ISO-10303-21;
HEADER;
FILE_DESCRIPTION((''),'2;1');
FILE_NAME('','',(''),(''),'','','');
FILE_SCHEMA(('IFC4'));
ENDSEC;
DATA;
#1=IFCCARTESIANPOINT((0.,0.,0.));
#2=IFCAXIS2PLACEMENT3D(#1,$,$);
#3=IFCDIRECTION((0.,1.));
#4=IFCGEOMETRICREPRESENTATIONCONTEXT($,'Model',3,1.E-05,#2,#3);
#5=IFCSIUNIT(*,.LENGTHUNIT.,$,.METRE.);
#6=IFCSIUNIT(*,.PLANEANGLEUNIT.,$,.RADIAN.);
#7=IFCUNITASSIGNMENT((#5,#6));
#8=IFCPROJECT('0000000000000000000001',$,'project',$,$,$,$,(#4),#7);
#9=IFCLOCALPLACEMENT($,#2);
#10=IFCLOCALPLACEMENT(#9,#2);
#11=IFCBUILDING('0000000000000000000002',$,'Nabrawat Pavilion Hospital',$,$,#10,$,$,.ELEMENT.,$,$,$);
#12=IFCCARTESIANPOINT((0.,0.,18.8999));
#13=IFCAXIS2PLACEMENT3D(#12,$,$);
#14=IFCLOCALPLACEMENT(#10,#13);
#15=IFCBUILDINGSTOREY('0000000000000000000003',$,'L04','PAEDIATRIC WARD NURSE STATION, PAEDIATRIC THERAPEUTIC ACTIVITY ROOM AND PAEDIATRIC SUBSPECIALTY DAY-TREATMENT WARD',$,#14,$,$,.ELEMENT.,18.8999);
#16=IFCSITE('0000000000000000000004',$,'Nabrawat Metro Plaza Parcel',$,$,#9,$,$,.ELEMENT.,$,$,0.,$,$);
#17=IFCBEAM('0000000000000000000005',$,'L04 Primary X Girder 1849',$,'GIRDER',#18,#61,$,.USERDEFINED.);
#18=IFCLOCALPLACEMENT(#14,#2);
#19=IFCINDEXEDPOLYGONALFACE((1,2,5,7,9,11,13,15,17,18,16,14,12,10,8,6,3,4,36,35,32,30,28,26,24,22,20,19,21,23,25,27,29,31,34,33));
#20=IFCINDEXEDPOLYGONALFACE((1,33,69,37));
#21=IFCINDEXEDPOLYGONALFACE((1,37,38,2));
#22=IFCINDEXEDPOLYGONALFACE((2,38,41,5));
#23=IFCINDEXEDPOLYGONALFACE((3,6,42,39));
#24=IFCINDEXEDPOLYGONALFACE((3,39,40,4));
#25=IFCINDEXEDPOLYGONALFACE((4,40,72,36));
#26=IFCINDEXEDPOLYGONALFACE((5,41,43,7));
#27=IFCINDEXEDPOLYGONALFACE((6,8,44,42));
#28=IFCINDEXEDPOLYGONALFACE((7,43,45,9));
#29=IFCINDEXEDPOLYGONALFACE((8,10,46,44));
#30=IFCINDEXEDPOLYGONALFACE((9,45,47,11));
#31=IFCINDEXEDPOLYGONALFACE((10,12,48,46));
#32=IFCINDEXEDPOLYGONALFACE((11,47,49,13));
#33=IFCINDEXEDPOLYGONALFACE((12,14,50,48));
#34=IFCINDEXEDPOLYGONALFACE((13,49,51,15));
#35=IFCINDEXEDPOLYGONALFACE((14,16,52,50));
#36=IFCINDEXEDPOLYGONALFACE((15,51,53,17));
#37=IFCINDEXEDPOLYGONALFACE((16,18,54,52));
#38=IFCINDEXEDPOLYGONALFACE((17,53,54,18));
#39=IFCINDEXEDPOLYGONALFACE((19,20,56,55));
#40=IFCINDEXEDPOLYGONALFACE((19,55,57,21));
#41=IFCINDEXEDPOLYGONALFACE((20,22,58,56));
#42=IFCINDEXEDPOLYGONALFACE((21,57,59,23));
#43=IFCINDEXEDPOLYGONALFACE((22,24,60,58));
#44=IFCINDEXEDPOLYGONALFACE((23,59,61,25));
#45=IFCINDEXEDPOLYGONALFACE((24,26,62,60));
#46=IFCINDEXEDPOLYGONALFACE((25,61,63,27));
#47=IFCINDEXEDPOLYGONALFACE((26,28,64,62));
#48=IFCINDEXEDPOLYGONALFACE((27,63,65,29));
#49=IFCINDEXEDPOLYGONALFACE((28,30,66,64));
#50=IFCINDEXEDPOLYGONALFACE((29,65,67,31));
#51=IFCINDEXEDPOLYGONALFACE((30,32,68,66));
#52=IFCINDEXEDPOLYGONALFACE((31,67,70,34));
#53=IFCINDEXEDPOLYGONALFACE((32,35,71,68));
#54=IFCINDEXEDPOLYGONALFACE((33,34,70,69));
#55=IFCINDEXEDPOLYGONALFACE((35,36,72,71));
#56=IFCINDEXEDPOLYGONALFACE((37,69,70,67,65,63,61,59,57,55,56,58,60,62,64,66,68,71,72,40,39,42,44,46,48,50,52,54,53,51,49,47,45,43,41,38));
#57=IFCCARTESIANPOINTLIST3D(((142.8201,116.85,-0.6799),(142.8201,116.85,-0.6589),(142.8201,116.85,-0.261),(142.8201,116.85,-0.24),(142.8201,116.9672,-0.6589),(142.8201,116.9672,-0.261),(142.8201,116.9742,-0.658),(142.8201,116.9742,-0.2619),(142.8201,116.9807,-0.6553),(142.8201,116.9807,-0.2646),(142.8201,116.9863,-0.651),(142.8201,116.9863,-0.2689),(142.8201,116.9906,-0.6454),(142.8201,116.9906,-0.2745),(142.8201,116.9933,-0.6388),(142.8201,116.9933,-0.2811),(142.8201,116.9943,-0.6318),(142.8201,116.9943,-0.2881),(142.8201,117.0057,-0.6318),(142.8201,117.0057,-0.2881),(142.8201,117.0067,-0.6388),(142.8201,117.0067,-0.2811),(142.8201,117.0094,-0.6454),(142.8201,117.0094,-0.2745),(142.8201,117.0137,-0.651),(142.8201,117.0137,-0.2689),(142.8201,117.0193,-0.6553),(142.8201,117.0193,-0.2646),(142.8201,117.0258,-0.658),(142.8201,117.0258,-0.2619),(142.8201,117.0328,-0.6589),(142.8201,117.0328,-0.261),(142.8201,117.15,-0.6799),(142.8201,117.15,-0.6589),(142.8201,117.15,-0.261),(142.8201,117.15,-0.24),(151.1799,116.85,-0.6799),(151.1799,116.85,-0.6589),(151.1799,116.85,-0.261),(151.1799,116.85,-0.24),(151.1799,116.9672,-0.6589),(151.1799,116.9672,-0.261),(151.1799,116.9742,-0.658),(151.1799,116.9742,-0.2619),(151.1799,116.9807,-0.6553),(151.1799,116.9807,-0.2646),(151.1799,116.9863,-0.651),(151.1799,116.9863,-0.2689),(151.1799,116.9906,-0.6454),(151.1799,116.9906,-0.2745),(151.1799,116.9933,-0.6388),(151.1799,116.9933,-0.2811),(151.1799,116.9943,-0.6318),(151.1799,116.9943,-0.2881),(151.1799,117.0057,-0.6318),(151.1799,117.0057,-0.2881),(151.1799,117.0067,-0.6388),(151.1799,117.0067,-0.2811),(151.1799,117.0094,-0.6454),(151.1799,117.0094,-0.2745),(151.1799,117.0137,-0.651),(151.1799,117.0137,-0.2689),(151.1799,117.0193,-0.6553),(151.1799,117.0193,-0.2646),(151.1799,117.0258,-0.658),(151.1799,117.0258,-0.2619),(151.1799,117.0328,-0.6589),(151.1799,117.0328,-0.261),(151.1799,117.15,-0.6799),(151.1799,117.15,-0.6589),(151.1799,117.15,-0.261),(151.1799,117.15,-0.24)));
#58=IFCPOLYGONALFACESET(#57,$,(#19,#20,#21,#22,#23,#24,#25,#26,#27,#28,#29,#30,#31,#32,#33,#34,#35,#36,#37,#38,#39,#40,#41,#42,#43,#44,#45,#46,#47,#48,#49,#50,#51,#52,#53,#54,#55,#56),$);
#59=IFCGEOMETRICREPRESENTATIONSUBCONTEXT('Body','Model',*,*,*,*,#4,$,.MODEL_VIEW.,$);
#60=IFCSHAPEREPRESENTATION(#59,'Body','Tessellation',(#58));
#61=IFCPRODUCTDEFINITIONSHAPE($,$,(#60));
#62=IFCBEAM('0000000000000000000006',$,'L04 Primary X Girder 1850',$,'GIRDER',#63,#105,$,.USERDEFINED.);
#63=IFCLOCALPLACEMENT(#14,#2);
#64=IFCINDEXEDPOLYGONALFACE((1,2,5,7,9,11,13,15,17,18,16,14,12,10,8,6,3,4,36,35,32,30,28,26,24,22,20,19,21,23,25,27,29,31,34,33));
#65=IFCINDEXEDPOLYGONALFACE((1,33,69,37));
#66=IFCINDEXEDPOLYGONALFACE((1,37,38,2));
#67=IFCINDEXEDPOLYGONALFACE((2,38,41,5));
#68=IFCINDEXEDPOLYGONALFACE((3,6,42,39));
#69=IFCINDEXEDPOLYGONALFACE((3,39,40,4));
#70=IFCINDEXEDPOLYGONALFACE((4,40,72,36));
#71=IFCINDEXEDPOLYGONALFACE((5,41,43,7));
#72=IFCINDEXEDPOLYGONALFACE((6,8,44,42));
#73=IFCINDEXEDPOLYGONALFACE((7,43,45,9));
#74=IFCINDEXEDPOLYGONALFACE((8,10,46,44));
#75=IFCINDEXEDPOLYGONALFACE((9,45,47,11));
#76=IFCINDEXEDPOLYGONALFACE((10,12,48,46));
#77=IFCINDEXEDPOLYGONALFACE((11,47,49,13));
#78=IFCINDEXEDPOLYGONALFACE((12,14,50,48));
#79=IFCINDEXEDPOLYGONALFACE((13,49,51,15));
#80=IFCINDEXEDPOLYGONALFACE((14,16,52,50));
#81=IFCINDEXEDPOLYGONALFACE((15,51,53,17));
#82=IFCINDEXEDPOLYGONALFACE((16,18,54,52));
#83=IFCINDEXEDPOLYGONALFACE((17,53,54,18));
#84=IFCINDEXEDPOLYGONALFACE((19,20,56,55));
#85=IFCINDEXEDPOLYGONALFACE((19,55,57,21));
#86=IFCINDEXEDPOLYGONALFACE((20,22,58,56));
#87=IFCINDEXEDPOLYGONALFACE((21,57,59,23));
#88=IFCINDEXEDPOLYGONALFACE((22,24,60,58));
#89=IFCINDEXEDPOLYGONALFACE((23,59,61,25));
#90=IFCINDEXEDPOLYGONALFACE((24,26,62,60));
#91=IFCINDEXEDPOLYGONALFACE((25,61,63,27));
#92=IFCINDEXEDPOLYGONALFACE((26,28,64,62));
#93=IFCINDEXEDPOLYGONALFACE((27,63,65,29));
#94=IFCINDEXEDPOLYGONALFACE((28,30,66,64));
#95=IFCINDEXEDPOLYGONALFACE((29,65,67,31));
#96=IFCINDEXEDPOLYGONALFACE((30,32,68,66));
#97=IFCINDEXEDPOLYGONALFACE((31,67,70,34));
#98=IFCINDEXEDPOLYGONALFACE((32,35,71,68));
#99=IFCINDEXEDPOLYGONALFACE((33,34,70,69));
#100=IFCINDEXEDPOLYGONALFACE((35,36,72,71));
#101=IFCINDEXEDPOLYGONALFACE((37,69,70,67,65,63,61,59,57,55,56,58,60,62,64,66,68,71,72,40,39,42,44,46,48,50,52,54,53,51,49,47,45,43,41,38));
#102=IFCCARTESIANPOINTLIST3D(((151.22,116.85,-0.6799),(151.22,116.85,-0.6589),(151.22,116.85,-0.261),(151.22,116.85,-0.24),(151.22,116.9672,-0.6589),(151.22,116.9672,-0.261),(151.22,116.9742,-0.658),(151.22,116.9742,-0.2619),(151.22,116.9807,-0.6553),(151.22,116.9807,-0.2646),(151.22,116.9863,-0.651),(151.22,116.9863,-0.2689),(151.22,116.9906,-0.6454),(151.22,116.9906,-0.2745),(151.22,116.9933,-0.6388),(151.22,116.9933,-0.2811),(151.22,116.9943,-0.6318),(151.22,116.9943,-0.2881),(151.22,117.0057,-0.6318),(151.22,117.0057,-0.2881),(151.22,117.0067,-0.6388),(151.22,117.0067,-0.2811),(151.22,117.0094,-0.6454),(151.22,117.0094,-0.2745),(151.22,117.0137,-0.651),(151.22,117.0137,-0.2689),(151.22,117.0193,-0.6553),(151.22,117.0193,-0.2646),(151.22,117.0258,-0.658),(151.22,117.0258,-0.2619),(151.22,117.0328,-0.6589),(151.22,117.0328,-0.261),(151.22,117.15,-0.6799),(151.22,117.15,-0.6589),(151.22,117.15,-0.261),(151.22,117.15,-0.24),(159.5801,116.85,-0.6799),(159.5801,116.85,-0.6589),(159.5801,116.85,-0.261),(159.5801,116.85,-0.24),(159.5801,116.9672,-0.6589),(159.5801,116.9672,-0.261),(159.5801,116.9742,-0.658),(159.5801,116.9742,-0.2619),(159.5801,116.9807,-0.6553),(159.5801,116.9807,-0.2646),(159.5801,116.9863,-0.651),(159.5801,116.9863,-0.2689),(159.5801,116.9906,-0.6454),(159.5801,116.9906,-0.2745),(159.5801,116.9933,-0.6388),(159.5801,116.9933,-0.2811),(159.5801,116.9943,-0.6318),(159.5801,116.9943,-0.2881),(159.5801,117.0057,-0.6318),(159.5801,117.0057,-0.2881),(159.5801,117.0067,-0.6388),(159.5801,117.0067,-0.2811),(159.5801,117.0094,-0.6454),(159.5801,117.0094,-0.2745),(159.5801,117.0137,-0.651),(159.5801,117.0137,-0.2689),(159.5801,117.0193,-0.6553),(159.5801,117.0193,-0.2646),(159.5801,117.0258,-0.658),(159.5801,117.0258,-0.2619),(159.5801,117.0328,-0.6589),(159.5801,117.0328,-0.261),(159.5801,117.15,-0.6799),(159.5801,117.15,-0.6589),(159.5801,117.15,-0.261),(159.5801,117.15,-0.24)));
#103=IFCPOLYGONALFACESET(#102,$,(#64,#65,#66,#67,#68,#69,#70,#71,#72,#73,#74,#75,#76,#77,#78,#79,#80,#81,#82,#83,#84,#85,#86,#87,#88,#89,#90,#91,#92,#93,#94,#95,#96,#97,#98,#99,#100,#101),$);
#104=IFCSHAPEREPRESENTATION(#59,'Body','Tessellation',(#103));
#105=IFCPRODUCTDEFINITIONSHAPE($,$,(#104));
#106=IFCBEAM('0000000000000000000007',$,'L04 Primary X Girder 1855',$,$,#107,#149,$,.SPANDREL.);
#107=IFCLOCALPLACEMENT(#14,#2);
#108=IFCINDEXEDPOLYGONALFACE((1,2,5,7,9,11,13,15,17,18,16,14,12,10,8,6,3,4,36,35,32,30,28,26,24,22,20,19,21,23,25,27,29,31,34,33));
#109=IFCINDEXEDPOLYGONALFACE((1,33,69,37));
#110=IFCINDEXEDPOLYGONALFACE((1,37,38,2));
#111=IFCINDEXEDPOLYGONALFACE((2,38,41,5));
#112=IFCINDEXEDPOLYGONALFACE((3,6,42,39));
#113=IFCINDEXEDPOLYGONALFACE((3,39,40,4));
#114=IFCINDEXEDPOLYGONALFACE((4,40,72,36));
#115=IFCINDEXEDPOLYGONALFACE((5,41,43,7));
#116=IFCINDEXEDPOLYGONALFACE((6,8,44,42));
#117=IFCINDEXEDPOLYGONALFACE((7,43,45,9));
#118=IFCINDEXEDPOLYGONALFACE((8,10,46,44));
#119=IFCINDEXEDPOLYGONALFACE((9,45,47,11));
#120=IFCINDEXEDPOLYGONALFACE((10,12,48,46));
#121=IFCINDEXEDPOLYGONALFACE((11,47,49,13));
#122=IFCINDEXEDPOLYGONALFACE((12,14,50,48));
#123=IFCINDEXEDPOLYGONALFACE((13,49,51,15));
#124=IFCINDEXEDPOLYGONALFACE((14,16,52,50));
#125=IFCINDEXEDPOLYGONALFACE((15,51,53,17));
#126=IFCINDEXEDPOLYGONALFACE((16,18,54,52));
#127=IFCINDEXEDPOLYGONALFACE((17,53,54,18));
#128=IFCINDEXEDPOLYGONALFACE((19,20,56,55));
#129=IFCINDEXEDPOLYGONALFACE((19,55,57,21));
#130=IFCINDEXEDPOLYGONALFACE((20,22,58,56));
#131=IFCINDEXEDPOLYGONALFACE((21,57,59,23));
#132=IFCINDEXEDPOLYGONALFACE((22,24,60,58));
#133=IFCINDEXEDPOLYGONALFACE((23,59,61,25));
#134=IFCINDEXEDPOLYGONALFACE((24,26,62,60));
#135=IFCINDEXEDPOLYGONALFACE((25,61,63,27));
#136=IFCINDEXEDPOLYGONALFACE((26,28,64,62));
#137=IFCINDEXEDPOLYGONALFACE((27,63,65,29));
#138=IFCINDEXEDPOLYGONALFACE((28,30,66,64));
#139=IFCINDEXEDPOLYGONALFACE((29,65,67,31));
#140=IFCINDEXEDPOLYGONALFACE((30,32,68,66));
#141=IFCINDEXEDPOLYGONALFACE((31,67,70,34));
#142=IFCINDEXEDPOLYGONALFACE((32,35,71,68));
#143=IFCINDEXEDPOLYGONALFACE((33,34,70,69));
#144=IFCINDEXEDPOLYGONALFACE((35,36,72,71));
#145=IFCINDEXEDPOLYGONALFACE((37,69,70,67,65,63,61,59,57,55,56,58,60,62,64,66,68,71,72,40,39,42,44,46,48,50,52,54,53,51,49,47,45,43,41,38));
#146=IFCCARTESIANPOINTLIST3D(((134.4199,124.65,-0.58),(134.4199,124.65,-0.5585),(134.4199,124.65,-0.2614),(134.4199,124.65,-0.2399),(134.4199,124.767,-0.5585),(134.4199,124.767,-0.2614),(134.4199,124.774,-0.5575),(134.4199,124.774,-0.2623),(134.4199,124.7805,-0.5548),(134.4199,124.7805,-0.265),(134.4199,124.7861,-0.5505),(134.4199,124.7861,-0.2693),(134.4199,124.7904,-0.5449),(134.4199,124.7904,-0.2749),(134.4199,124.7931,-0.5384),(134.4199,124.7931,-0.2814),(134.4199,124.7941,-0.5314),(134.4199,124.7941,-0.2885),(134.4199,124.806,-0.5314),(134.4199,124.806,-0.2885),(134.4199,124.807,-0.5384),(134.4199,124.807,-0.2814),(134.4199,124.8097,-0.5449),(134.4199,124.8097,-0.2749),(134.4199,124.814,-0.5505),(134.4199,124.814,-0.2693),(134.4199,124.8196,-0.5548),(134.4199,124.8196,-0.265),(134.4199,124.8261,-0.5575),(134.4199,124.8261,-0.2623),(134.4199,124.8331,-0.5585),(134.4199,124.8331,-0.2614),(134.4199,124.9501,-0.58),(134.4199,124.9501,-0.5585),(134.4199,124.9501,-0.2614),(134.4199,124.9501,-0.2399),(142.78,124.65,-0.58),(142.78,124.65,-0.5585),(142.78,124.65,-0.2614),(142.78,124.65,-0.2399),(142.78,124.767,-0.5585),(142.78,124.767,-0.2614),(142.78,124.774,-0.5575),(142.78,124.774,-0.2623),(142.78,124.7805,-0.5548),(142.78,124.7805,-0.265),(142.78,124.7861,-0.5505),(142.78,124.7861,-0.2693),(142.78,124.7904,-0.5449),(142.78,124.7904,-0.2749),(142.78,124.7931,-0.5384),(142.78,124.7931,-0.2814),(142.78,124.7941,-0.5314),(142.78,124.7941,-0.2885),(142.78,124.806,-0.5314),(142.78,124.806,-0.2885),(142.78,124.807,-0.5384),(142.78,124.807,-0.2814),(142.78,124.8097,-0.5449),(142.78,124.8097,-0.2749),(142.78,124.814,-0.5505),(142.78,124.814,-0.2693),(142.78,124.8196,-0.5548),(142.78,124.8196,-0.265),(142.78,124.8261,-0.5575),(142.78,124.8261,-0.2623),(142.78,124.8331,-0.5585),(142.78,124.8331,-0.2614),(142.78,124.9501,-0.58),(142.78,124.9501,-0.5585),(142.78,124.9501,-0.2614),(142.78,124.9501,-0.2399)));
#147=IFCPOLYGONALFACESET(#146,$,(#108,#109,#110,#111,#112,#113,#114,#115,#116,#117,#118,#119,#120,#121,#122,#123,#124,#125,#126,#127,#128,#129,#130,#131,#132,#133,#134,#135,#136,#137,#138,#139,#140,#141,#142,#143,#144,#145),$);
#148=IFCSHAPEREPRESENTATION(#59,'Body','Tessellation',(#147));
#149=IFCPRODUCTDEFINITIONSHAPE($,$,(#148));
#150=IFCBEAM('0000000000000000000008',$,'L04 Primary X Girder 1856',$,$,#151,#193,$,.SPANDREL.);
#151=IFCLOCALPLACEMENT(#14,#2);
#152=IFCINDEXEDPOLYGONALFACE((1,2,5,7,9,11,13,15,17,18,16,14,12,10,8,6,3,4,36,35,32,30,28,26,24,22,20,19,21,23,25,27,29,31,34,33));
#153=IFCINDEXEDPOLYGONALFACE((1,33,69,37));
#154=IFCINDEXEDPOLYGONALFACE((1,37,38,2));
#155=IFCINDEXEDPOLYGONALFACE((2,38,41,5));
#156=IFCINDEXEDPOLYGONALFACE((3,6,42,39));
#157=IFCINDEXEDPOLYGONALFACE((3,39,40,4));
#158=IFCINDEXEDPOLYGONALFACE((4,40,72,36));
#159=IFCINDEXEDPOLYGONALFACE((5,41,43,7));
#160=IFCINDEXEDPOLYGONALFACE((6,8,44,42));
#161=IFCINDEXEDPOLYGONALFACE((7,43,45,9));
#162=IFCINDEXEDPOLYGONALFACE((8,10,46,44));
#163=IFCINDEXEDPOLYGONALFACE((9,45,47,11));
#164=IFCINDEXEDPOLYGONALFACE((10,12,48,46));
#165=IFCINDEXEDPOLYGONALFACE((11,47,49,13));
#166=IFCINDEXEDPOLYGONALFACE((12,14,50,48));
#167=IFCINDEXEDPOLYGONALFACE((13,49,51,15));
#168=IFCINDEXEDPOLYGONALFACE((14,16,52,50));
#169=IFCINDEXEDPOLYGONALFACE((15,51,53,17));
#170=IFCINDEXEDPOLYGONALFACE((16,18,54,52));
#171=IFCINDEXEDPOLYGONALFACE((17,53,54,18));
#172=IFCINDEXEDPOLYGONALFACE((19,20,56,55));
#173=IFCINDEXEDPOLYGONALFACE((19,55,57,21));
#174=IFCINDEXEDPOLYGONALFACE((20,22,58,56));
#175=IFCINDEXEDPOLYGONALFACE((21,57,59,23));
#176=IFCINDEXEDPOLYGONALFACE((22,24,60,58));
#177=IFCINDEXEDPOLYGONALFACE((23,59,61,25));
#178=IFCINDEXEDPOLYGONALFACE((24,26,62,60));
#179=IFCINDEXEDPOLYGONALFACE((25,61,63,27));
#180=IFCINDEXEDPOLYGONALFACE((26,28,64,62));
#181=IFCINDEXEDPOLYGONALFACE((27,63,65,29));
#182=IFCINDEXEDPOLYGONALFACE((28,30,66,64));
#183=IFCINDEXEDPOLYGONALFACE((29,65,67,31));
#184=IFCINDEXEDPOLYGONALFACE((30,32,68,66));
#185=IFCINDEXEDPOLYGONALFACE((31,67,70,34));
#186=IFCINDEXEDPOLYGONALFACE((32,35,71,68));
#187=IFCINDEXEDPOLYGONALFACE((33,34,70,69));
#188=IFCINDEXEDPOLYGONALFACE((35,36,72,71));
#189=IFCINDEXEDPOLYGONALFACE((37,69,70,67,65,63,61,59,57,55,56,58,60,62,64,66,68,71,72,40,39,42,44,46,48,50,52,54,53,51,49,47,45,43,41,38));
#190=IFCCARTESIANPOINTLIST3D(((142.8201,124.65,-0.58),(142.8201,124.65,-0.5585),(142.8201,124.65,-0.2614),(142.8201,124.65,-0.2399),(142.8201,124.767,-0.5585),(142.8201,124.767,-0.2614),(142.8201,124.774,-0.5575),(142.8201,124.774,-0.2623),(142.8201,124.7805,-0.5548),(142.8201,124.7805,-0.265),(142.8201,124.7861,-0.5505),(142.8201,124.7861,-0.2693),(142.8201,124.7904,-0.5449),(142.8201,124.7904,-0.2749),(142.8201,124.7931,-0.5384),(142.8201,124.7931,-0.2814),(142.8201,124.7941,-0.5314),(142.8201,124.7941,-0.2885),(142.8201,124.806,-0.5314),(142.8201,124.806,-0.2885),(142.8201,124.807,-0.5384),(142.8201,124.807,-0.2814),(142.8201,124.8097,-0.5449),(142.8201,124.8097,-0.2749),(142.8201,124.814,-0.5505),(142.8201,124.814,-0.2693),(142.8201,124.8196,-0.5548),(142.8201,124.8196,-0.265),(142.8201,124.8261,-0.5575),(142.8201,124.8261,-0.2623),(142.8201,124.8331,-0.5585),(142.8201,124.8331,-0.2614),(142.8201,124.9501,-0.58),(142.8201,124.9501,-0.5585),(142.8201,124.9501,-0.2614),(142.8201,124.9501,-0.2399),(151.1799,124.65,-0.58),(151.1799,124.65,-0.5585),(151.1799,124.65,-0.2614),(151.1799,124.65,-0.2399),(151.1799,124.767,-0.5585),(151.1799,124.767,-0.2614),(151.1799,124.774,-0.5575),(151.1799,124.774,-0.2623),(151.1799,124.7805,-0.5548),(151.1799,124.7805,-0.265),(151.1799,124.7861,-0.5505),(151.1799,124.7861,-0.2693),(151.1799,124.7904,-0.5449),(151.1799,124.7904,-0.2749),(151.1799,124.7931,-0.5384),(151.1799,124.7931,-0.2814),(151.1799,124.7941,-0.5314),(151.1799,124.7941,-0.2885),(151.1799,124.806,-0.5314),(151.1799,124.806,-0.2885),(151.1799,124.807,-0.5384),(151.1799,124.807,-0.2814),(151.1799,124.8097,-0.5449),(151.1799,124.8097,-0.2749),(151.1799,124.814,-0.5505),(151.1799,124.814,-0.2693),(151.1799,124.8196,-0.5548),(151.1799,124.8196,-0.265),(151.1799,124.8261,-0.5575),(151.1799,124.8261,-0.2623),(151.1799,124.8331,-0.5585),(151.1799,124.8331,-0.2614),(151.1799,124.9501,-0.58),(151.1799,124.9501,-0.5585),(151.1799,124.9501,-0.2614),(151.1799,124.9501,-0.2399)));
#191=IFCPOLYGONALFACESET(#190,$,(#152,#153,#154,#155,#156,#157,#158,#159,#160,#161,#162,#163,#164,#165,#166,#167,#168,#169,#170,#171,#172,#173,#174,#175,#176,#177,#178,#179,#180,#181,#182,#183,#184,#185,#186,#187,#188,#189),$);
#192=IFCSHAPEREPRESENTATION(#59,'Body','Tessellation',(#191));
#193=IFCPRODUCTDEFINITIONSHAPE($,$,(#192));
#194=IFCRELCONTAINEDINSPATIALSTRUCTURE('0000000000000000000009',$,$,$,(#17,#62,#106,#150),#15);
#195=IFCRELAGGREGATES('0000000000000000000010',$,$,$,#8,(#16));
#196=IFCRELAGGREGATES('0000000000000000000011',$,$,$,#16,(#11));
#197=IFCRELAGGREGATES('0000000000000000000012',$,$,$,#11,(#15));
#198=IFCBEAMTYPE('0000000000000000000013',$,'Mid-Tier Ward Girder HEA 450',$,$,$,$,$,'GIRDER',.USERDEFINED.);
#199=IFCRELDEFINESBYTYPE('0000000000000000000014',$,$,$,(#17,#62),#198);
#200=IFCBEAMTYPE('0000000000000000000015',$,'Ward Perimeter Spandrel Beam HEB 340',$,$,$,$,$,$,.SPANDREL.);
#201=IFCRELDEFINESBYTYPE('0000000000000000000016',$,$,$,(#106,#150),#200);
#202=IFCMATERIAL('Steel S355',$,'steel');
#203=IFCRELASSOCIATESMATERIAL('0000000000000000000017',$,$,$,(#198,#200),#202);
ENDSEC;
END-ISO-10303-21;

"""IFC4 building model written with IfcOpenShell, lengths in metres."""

from ifc_helpers import new_model, si_unit, direction, frame, origin, origin_2d, place, context, subcontext, project, spatial, i_section, extrude, material, material_profile, profile_set, type_object, element, save


model = new_model("IFC4")

# Units and contexts
model_context = context("Model", 3, precision=1e-05, world=origin(), true_north=direction((0.0, 1.0)))
body_context = subcontext(model_context, "Body", "Model", "MODEL_VIEW")
ifc_project = project(units=[si_unit("LENGTHUNIT", "METRE"), si_unit("PLANEANGLEUNIT", "RADIAN")], contexts=[model_context])

# Site, building, storey
site_placement = place(None, origin())
site = spatial("IfcSite", under=ifc_project, at=site_placement, Name="Nabrawat Metro Plaza Parcel", CompositionType="ELEMENT", RefElevation=0.0)
building_placement = place(site_placement, origin())
building = spatial("IfcBuilding", under=site, at=building_placement, Name="Nabrawat Pavilion Hospital", CompositionType="ELEMENT")
storey_placement = place(building_placement, frame((0.0, 0.0, 18.8999)))
storey = spatial("IfcBuildingStorey", under=building, at=storey_placement, Name="L04", Description="PAEDIATRIC WARD NURSE STATION, PAEDIATRIC THERAPEUTIC ACTIVITY ROOM AND PAEDIATRIC SUBSPECIALTY DAY-TREATMENT WARD", CompositionType="ELEMENT", Elevation=18.8999)

# Shared definitions
ifc_material_1 = material(Name="Steel S355", Category="steel")

# Beams
ifc_material_profile_1 = material_profile(ifc_material_1, i_section(OverallWidth=0.3, OverallDepth=0.4399, WebThickness=0.0115, FlangeThickness=0.021, FilletRadius=0.0271, at=origin_2d()), Name="HEA 450")
ifc_profile_set_1 = profile_set([ifc_material_profile_1], Name="Steel S355")
beam_type_1 = type_object("IfcBeamType", Name="Mid-Tier Ward Girder HEA 450", ElementType="GIRDER", PredefinedType="USERDEFINED", material=ifc_profile_set_1)
beam_1_placement = place(storey_placement, frame((142.8201, 117.0, -0.46), z_axis=(1.0, 0.0, 0.0), x_axis=(0.0, 1.0, 0.0)))
element("IfcBeam", 1, at=beam_1_placement, inside=storey, type_object=beam_type_1, Name="L04 Primary X Girder 1849", ObjectType="GIRDER", PredefinedType="USERDEFINED", context=body_context, shape_type="SweptSolid", body=[
    extrude(i_section(OverallWidth=0.3, OverallDepth=0.4399, WebThickness=0.0115, FlangeThickness=0.021, FilletRadius=0.0271, at=origin_2d()), origin(), (0.0, 0.0, 1.0), 8.3599),
])
beam_2_placement = place(storey_placement, frame((151.22, 117.0, -0.46), z_axis=(1.0, 0.0, 0.0), x_axis=(0.0, 1.0, 0.0)))
element("IfcBeam", 2, at=beam_2_placement, inside=storey, type_object=beam_type_1, Name="L04 Primary X Girder 1850", ObjectType="GIRDER", PredefinedType="USERDEFINED", context=body_context, shape_type="SweptSolid", body=[
    extrude(i_section(OverallWidth=0.3, OverallDepth=0.4399, WebThickness=0.0115, FlangeThickness=0.021, FilletRadius=0.0271, at=origin_2d()), origin(), (0.0, 0.0, 1.0), 8.3601),
])
ifc_material_profile_2 = material_profile(ifc_material_1, i_section(OverallWidth=0.3, OverallDepth=0.3401, WebThickness=0.012, FlangeThickness=0.0215, FilletRadius=0.0271, at=origin_2d()), Name="HEB 340")
ifc_profile_set_2 = profile_set([ifc_material_profile_2], Name="Steel S355")
beam_type_2 = type_object("IfcBeamType", Name="Ward Perimeter Spandrel Beam HEB 340", PredefinedType="SPANDREL", material=ifc_profile_set_2)
beam_3_placement = place(storey_placement, frame((134.4199, 124.8, -0.4099), z_axis=(1.0, 0.0, 0.0), x_axis=(0.0, 1.0, 0.0)))
element("IfcBeam", 3, at=beam_3_placement, inside=storey, type_object=beam_type_2, Name="L04 Primary X Girder 1855", PredefinedType="SPANDREL", context=body_context, shape_type="SweptSolid", body=[
    extrude(i_section(OverallWidth=0.3, OverallDepth=0.3401, WebThickness=0.012, FlangeThickness=0.0215, FilletRadius=0.0271, at=origin_2d()), origin(), (0.0, 0.0, 1.0), 8.3601),
])
beam_4_placement = place(storey_placement, frame((142.8201, 124.8, -0.4099), z_axis=(1.0, 0.0, 0.0), x_axis=(0.0, 1.0, 0.0)))
element("IfcBeam", 4, at=beam_4_placement, inside=storey, type_object=beam_type_2, Name="L04 Primary X Girder 1856", PredefinedType="SPANDREL", context=body_context, shape_type="SweptSolid", body=[
    extrude(i_section(OverallWidth=0.3, OverallDepth=0.3401, WebThickness=0.012, FlangeThickness=0.0215, FilletRadius=0.0271, at=origin_2d()), origin(), (0.0, 0.0, 1.0), 8.3599),
])

save(model, "model.ifc")
